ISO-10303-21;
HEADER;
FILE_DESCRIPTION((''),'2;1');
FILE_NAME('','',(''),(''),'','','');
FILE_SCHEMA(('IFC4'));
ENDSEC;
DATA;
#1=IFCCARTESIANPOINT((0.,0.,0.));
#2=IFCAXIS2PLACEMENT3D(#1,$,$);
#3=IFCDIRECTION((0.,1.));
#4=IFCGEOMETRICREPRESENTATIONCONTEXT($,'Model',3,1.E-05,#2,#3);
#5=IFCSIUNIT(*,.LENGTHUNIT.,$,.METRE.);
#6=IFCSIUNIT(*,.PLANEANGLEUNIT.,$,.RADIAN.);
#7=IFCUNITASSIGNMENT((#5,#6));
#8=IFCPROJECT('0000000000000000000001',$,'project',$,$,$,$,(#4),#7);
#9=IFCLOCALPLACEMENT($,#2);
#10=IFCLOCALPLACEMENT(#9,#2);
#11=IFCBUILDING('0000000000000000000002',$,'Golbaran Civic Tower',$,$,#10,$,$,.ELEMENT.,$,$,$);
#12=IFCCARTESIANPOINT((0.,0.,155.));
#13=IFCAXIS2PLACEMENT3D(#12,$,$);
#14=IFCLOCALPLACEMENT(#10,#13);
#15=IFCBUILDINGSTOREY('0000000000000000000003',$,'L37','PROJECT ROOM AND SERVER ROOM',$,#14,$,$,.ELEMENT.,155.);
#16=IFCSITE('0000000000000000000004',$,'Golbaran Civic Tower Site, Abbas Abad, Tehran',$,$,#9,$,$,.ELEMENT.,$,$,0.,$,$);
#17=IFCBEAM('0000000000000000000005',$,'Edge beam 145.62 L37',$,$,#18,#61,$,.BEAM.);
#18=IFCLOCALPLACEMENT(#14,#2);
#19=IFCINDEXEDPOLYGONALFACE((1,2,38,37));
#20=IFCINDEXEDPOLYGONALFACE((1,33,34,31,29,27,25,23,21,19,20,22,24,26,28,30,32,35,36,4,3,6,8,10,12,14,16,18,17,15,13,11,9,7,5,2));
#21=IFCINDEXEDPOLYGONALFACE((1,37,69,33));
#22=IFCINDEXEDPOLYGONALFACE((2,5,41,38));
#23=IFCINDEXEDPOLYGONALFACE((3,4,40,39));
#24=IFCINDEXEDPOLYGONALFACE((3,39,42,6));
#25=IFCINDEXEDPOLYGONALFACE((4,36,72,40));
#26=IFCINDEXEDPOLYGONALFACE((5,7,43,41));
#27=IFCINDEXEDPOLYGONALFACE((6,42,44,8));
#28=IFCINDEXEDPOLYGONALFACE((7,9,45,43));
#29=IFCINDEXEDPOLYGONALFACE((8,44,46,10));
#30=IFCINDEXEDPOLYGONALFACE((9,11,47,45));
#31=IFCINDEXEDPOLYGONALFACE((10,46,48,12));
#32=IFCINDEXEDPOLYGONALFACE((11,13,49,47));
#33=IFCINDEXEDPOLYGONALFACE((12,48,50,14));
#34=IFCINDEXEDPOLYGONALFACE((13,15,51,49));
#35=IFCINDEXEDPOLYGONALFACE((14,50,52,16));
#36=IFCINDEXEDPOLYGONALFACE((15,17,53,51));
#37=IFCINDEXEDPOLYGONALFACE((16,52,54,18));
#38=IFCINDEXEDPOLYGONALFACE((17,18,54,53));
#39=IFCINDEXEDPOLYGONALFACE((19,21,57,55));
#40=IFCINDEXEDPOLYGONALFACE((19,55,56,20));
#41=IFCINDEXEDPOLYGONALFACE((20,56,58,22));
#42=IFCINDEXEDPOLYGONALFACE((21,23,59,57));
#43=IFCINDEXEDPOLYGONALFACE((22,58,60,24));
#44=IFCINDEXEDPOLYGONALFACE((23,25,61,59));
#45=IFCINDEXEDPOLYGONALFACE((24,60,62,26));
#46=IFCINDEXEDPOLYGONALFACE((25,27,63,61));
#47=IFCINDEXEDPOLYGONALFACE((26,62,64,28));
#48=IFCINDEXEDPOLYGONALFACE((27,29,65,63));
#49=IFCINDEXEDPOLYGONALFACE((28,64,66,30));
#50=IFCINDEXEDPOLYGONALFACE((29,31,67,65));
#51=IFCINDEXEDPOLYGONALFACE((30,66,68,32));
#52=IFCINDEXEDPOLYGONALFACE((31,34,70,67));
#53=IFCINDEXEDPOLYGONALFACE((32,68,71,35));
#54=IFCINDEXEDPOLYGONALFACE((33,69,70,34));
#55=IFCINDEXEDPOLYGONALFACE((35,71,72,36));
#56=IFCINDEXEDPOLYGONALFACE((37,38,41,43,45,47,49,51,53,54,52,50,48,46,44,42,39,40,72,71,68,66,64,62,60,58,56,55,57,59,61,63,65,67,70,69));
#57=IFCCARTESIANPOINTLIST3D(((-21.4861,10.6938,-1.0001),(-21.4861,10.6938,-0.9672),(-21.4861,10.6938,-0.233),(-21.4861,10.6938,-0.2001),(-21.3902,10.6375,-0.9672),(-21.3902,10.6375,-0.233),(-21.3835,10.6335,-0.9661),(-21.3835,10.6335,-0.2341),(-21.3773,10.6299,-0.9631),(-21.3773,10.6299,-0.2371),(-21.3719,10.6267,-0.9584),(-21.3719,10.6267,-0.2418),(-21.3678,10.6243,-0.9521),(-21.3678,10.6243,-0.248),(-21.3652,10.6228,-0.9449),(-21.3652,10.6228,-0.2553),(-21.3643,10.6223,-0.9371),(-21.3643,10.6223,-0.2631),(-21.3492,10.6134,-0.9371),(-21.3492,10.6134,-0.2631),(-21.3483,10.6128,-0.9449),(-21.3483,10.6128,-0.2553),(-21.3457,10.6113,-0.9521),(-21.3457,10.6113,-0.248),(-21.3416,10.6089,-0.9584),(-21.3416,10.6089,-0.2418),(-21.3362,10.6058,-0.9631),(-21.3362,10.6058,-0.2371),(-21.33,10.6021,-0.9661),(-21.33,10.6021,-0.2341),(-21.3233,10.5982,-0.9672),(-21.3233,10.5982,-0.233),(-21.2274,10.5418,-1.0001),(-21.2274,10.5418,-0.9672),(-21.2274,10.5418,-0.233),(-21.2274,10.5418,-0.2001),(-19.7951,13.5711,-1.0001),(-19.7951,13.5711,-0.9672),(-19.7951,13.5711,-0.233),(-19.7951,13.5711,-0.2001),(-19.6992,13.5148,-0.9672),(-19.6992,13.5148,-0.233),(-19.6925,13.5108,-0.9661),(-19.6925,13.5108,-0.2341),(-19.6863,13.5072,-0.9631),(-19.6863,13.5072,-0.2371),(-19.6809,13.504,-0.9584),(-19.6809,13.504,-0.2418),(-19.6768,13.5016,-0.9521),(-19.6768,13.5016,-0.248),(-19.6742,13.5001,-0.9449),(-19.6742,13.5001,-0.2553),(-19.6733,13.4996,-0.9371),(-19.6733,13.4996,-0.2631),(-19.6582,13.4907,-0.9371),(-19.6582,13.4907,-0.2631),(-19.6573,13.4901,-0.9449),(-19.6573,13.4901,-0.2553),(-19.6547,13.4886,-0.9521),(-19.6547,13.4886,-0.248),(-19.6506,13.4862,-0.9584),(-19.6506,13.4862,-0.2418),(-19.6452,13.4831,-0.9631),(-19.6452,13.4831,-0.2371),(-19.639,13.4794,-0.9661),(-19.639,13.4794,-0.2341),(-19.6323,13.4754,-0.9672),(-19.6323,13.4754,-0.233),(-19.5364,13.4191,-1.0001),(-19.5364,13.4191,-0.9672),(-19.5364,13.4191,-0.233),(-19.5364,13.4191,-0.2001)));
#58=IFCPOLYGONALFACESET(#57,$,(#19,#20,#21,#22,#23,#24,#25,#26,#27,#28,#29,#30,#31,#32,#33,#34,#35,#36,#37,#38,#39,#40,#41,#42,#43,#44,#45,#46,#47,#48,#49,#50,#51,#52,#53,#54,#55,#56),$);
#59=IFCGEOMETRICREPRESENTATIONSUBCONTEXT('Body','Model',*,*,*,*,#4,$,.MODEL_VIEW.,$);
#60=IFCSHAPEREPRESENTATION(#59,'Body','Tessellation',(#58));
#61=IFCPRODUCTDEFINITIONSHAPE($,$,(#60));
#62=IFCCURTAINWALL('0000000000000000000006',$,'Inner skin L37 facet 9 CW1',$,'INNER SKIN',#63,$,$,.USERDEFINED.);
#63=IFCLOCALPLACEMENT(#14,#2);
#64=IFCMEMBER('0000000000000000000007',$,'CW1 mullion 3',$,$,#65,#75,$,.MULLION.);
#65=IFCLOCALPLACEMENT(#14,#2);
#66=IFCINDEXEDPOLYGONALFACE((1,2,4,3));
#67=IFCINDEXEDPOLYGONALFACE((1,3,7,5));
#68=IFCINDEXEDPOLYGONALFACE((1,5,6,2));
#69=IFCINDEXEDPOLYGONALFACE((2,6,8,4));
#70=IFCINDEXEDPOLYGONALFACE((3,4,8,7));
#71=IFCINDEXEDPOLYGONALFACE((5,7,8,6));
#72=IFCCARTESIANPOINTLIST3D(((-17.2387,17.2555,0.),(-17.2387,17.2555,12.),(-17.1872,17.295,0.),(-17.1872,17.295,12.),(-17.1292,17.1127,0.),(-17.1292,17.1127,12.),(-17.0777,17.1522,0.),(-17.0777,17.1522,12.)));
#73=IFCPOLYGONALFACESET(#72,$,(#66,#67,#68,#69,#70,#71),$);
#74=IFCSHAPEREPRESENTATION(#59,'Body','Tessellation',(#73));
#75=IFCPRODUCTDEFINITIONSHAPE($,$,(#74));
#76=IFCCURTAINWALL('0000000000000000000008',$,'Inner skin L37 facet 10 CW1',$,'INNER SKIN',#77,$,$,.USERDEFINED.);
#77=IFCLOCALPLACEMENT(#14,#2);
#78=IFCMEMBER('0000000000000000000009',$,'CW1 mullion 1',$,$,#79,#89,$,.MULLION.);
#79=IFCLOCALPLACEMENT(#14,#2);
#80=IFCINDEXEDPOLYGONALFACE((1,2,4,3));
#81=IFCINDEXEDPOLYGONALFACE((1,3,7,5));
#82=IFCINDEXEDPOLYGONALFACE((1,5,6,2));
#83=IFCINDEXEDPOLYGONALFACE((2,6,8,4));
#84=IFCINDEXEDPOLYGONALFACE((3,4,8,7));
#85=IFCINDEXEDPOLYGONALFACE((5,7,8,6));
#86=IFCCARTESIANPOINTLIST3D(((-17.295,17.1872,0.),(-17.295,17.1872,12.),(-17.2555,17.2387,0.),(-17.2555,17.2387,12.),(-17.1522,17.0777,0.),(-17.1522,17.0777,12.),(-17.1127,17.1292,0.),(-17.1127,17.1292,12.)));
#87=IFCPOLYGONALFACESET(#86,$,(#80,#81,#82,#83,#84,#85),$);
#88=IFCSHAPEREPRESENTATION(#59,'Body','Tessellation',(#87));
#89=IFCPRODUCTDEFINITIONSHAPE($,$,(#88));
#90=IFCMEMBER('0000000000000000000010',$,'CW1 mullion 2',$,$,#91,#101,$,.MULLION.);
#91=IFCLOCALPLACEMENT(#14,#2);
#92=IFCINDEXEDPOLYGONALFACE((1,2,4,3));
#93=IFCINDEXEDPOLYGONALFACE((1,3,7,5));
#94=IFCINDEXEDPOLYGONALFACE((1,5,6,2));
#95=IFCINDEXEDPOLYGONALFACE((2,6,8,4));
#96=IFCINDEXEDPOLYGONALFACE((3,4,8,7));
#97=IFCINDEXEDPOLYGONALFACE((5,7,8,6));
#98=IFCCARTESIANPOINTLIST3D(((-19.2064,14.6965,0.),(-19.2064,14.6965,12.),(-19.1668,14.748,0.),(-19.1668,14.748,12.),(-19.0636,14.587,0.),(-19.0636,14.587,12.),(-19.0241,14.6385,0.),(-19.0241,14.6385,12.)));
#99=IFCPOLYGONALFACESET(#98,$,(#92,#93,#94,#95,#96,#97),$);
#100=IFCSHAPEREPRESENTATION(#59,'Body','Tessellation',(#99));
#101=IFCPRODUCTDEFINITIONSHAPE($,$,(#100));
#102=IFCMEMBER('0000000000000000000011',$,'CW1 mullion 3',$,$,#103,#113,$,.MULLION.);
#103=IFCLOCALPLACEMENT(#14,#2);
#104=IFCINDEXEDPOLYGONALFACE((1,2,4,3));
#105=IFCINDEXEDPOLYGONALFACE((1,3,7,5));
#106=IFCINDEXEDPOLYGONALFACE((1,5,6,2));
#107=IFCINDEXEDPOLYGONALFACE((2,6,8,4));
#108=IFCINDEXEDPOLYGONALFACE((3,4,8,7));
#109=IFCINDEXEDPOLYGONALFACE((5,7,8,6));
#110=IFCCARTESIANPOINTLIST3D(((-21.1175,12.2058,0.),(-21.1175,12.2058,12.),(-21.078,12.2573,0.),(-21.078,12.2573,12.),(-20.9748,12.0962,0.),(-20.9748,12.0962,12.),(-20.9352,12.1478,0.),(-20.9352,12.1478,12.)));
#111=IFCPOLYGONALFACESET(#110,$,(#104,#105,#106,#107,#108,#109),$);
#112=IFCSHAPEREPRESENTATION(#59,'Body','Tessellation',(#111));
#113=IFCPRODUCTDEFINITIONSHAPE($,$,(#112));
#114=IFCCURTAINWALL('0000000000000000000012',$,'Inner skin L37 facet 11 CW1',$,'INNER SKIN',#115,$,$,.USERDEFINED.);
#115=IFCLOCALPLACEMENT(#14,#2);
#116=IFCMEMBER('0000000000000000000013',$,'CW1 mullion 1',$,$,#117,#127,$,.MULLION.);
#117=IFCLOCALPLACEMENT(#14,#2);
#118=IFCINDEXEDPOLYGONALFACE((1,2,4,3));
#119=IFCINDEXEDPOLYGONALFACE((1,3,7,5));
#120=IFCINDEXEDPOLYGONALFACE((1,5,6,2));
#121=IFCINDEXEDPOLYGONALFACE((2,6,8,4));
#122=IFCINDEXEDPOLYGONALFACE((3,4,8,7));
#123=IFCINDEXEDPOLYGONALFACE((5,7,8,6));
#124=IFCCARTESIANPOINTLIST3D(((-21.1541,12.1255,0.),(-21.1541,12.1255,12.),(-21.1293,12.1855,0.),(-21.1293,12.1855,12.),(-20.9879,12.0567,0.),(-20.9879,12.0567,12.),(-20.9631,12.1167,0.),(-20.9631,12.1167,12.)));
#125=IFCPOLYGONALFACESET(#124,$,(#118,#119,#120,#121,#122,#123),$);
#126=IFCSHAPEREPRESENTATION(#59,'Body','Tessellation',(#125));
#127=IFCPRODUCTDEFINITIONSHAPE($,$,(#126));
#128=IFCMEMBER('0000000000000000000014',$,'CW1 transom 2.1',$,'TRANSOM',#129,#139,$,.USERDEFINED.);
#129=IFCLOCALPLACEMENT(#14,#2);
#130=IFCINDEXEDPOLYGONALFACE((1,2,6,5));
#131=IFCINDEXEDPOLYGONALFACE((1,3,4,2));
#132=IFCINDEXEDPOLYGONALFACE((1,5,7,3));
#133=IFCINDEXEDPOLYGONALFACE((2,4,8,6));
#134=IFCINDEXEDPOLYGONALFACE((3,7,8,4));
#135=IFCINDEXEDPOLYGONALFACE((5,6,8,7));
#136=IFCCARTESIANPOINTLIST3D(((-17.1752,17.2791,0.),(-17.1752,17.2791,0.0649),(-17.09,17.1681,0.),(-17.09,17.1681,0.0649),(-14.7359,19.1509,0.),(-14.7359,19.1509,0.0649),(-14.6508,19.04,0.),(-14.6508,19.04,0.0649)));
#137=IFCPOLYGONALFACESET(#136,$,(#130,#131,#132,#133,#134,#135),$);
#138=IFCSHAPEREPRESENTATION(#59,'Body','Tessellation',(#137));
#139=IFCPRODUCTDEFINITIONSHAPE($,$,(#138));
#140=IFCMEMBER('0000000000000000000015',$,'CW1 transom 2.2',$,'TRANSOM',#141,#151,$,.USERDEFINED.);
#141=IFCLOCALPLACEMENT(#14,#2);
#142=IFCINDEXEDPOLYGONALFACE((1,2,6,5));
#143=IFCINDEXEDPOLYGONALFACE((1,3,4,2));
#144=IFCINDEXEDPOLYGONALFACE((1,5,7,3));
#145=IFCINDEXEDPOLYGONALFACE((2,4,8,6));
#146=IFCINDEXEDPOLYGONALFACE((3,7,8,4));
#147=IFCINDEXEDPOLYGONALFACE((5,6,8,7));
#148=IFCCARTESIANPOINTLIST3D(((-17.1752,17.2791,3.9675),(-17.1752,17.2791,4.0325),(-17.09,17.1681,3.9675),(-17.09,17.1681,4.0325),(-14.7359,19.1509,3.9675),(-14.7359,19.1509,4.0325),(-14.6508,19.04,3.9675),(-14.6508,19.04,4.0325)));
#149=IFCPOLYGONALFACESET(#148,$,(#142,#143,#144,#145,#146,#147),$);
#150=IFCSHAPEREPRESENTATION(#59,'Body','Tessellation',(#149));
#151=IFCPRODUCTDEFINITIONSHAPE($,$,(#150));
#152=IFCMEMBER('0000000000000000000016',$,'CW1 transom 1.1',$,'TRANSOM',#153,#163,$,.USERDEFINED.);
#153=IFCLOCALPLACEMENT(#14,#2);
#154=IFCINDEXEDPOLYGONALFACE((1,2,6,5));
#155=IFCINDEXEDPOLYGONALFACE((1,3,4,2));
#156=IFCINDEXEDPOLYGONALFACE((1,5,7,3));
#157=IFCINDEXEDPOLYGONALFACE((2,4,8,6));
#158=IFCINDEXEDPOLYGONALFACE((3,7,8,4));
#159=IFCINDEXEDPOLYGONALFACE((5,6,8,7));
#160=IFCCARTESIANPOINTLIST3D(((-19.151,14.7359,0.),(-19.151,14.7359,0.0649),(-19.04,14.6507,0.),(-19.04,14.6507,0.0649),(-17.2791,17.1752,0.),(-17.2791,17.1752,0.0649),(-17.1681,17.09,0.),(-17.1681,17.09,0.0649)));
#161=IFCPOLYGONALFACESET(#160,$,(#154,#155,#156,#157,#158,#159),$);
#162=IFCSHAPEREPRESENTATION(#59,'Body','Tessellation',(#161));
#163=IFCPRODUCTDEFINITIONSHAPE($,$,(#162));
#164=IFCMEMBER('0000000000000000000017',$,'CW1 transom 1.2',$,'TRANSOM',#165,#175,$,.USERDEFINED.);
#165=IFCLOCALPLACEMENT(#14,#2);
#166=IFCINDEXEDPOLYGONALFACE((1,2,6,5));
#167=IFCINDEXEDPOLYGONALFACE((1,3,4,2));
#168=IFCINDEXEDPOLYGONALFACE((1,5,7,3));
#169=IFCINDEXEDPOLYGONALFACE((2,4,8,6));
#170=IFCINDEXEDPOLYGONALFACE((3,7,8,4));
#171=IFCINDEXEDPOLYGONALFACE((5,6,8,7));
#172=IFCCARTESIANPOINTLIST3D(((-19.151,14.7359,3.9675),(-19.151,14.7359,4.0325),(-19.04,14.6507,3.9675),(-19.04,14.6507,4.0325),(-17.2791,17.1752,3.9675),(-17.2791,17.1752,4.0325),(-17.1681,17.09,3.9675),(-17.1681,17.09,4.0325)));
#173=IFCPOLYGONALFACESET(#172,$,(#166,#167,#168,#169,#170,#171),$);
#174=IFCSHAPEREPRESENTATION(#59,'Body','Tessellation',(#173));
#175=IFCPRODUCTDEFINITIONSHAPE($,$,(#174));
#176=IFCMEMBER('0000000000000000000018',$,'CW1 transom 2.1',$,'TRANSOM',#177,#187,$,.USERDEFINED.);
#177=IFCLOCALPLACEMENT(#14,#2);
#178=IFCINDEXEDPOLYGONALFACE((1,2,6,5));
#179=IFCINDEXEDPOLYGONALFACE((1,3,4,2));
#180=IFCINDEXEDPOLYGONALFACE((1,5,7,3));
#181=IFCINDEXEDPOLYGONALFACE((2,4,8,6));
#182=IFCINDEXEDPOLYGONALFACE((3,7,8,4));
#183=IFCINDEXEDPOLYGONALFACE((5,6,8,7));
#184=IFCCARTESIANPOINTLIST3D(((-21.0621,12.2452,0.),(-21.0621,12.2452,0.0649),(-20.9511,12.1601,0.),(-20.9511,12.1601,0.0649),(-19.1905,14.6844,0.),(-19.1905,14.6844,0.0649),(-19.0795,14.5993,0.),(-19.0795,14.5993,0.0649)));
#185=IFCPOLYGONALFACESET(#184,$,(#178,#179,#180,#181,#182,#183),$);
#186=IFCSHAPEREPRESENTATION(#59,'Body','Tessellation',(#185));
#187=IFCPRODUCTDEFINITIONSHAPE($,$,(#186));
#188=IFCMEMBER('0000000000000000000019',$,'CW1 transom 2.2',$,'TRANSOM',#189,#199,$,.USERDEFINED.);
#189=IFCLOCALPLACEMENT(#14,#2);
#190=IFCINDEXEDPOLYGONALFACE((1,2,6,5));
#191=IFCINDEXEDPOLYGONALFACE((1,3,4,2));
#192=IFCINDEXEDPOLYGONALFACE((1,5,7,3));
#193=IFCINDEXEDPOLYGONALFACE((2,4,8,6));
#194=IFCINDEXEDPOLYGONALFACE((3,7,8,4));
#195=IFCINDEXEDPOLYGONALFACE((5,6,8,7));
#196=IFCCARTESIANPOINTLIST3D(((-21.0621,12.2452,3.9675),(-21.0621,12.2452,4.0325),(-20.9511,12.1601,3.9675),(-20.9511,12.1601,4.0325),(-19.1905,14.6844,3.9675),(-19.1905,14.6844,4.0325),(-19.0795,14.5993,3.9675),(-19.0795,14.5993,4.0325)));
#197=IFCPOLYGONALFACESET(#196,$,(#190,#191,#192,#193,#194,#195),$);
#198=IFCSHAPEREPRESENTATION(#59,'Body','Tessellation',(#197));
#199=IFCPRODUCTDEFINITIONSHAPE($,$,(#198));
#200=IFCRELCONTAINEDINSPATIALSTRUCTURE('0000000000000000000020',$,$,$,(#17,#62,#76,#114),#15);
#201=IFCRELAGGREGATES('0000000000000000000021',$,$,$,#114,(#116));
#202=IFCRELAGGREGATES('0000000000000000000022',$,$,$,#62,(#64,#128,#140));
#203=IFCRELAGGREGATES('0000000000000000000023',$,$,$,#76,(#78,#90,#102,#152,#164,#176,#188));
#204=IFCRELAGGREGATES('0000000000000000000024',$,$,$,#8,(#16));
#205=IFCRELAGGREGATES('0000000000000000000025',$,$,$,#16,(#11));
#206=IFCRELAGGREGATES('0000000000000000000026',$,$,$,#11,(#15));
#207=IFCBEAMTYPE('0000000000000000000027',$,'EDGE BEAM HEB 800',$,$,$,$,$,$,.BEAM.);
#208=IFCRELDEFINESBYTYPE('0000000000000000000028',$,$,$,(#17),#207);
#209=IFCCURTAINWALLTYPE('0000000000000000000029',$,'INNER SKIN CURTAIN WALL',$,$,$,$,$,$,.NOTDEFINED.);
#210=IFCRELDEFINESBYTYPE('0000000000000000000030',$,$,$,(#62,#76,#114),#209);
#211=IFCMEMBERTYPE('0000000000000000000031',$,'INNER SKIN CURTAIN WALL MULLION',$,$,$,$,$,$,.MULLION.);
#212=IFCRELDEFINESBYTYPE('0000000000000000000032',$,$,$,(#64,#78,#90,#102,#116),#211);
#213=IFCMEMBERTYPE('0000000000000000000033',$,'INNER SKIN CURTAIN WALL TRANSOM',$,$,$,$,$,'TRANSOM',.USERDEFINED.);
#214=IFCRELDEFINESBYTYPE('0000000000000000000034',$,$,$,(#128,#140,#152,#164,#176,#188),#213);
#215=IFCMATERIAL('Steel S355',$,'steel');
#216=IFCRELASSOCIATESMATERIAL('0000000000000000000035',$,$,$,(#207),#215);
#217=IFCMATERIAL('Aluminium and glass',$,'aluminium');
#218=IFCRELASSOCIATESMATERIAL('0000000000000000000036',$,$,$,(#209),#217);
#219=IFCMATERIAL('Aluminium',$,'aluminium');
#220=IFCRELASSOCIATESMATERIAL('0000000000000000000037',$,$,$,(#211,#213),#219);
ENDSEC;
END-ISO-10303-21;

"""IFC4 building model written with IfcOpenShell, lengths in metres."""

from ifc_helpers import new_model, si_unit, direction, frame, origin, origin_2d, place, context, subcontext, project, spatial, rectangle, i_section, extrude, material, material_profile, profile_set, type_object, element, aggregate, save


model = new_model("IFC4")

# Units and contexts
model_context = context("Model", 3, precision=1e-05, world=origin(), true_north=direction((0.0, 1.0)))
body_context = subcontext(model_context, "Body", "Model", "MODEL_VIEW")
ifc_project = project(units=[si_unit("LENGTHUNIT", "METRE"), si_unit("PLANEANGLEUNIT", "RADIAN")], contexts=[model_context])

# Site, building, storey
site_placement = place(None, origin())
site = spatial("IfcSite", under=ifc_project, at=site_placement, Name="Golbaran Civic Tower Site, Abbas Abad, Tehran", CompositionType="ELEMENT", RefElevation=0.0)
building_placement = place(site_placement, origin())
building = spatial("IfcBuilding", under=site, at=building_placement, Name="Golbaran Civic Tower", CompositionType="ELEMENT")
storey_placement = place(building_placement, frame((0.0, 0.0, 155.0)))
storey = spatial("IfcBuildingStorey", under=building, at=storey_placement, Name="L37", Description="PROJECT ROOM AND SERVER ROOM", CompositionType="ELEMENT", Elevation=155.0)

# Beam
ifc_material_1 = material(Name="Steel S355", Category="steel")
ifc_material_profile_1 = material_profile(ifc_material_1, i_section(OverallWidth=0.3, OverallDepth=0.8, WebThickness=0.0176, FlangeThickness=0.033, FilletRadius=0.03, at=origin_2d()), Name="HEB 800")
ifc_profile_set_1 = profile_set([ifc_material_profile_1], Name="Steel S355")
beam_type = type_object("IfcBeamType", Name="EDGE BEAM HEB 800", PredefinedType="BEAM", material=ifc_profile_set_1)
beam_placement = place(storey_placement, frame((-19.6658, 13.4951, -0.6001), z_axis=(-0.506675, -0.862137, 0.0), x_axis=(0.862137, -0.506675, 0.0)))
element("IfcBeam", 1, at=beam_placement, inside=storey, type_object=beam_type, Name="Edge beam 145.62 L37", PredefinedType="BEAM", context=body_context, shape_type="SweptSolid", body=[
    extrude(i_section(OverallWidth=0.3, OverallDepth=0.8, WebThickness=0.0176, FlangeThickness=0.033, FilletRadius=0.03, at=origin_2d()), origin(), (0.0, 0.0, 1.0), 3.3374),
])

# Curtain wall, member
ifc_material_2 = material(Name="Aluminium and glass", Category="aluminium")
curtain_wall_type = type_object("IfcCurtainWallType", Name="INNER SKIN CURTAIN WALL", PredefinedType="NOTDEFINED", material=ifc_material_2)
curtain_wall_1_placement = place(storey_placement, origin())
curtain_wall_1 = element("IfcCurtainWall", 2, at=curtain_wall_1_placement, inside=storey, type_object=curtain_wall_type, Name="Inner skin L37 facet 9 CW1", ObjectType="INNER SKIN", PredefinedType="USERDEFINED")
ifc_material_3 = material(Name="Aluminium", Category="aluminium")
ifc_material_profile_2 = material_profile(ifc_material_3, rectangle(XDim=0.1799, YDim=0.0649, at=origin_2d()), Name="INNER SKIN CURTAIN WALL MULLION")
ifc_profile_set_2 = profile_set([ifc_material_profile_2], Name="Aluminium")
member_type_1 = type_object("IfcMemberType", Name="INNER SKIN CURTAIN WALL MULLION", PredefinedType="MULLION", material=ifc_profile_set_2)
member_1_placement = place(storey_placement, frame((-17.1582, 17.2039, 0.0), z_axis=(0.0, 0.0, 1.0), x_axis=(0.608761, -0.793353, 0.0)))
member_1 = element("IfcMember", 3, at=member_1_placement, type_object=member_type_1, Name="CW1 mullion 3", PredefinedType="MULLION", context=body_context, shape_type="SweptSolid", body=[
    extrude(rectangle(XDim=0.1799, YDim=0.0649, at=origin_2d()), origin(), (0.0, 0.0, 1.0), 12.0),
])

# Curtain wall, members
curtain_wall_2_placement = place(storey_placement, origin())
curtain_wall_2 = element("IfcCurtainWall", 4, at=curtain_wall_2_placement, inside=storey, type_object=curtain_wall_type, Name="Inner skin L37 facet 10 CW1", ObjectType="INNER SKIN", PredefinedType="USERDEFINED")
member_2_placement = place(storey_placement, frame((-17.2039, 17.1582, 0.0), z_axis=(0.0, 0.0, 1.0), x_axis=(0.793353, -0.608761, 0.0)))
member_2 = element("IfcMember", 5, at=member_2_placement, type_object=member_type_1, Name="CW1 mullion 1", PredefinedType="MULLION", context=body_context, shape_type="SweptSolid", body=[
    extrude(rectangle(XDim=0.1799, YDim=0.0649, at=origin_2d()), origin(), (0.0, 0.0, 1.0), 12.0),
])
member_3_placement = place(storey_placement, frame((-19.1152, 14.6675, 0.0), z_axis=(0.0, 0.0, 1.0), x_axis=(0.793353, -0.608761, 0.0)))
member_3 = element("IfcMember", 6, at=member_3_placement, type_object=member_type_1, Name="CW1 mullion 2", PredefinedType="MULLION", context=body_context, shape_type="SweptSolid", body=[
    extrude(rectangle(XDim=0.1799, YDim=0.0649, at=origin_2d()), origin(), (0.0, 0.0, 1.0), 12.0),
])
member_4_placement = place(storey_placement, frame((-21.0264, 12.1768, 0.0), z_axis=(0.0, 0.0, 1.0), x_axis=(0.793353, -0.608761, 0.0)))
member_4 = element("IfcMember", 7, at=member_4_placement, type_object=member_type_1, Name="CW1 mullion 3", PredefinedType="MULLION", context=body_context, shape_type="SweptSolid", body=[
    extrude(rectangle(XDim=0.1799, YDim=0.0649, at=origin_2d()), origin(), (0.0, 0.0, 1.0), 12.0),
])

# Curtain wall, member
curtain_wall_3_placement = place(storey_placement, origin())
curtain_wall_3 = element("IfcCurtainWall", 8, at=curtain_wall_3_placement, inside=storey, type_object=curtain_wall_type, Name="Inner skin L37 facet 11 CW1", ObjectType="INNER SKIN", PredefinedType="USERDEFINED")
member_5_placement = place(storey_placement, frame((-21.0586, 12.1211, 0.0), z_axis=(0.0, 0.0, 1.0), x_axis=(0.92388, -0.382683, 0.0)))
member_5 = element("IfcMember", 9, at=member_5_placement, type_object=member_type_1, Name="CW1 mullion 1", PredefinedType="MULLION", context=body_context, shape_type="SweptSolid", body=[
    extrude(rectangle(XDim=0.1799, YDim=0.0649, at=origin_2d()), origin(), (0.0, 0.0, 1.0), 12.0),
])

# Members
ifc_material_profile_3 = material_profile(ifc_material_3, rectangle(XDim=0.1399, YDim=0.0649, at=origin_2d()), Name="INNER SKIN CURTAIN WALL TRANSOM")
ifc_profile_set_3 = profile_set([ifc_material_profile_3], Name="Aluminium")
member_type_2 = type_object("IfcMemberType", Name="INNER SKIN CURTAIN WALL TRANSOM", ElementType="TRANSOM", PredefinedType="USERDEFINED", material=ifc_profile_set_3)
member_6_placement = place(storey_placement, frame((-14.6934, 19.0955, 0.0325), z_axis=(-0.793329, -0.608793, 0.0), x_axis=(0.608793, -0.793329, 0.0)))
member_6 = element("IfcMember", 10, at=member_6_placement, type_object=member_type_2, Name="CW1 transom 2.1", ObjectType="TRANSOM", PredefinedType="USERDEFINED", context=body_context, shape_type="SweptSolid", body=[
    extrude(rectangle(XDim=0.1399, YDim=0.0649, at=origin_2d()), origin(), (0.0, 0.0, 1.0), 3.0747),
])
member_7_placement = place(storey_placement, frame((-14.6934, 19.0955, 4.0), z_axis=(-0.793329, -0.608793, 0.0), x_axis=(0.608793, -0.793329, 0.0)))
member_7 = element("IfcMember", 11, at=member_7_placement, type_object=member_type_2, Name="CW1 transom 2.2", ObjectType="TRANSOM", PredefinedType="USERDEFINED", context=body_context, shape_type="SweptSolid", body=[
    extrude(rectangle(XDim=0.1399, YDim=0.0649, at=origin_2d()), origin(), (0.0, 0.0, 1.0), 3.0747),
])
member_8_placement = place(storey_placement, frame((-17.2236, 17.1326, 0.0325), z_axis=(-0.608793, -0.793329, 0.0), x_axis=(0.793329, -0.608793, 0.0)))
member_8 = element("IfcMember", 12, at=member_8_placement, type_object=member_type_2, Name="CW1 transom 1.1", ObjectType="TRANSOM", PredefinedType="USERDEFINED", context=body_context, shape_type="SweptSolid", body=[
    extrude(rectangle(XDim=0.1399, YDim=0.0649, at=origin_2d()), origin(), (0.0, 0.0, 1.0), 3.0747),
])
member_9_placement = place(storey_placement, frame((-17.2236, 17.1326, 4.0), z_axis=(-0.608793, -0.793329, 0.0), x_axis=(0.793329, -0.608793, 0.0)))
member_9 = element("IfcMember", 13, at=member_9_placement, type_object=member_type_2, Name="CW1 transom 1.2", ObjectType="TRANSOM", PredefinedType="USERDEFINED", context=body_context, shape_type="SweptSolid", body=[
    extrude(rectangle(XDim=0.1399, YDim=0.0649, at=origin_2d()), origin(), (0.0, 0.0, 1.0), 3.0747),
])
member_10_placement = place(storey_placement, frame((-19.135, 14.6418, 0.0325), z_axis=(-0.608743, -0.793367, 0.0), x_axis=(0.793367, -0.608743, 0.0)))
member_10 = element("IfcMember", 14, at=member_10_placement, type_object=member_type_2, Name="CW1 transom 2.1", ObjectType="TRANSOM", PredefinedType="USERDEFINED", context=body_context, shape_type="SweptSolid", body=[
    extrude(rectangle(XDim=0.1399, YDim=0.0649, at=origin_2d()), origin(), (0.0, 0.0, 1.0), 3.0745),
])
member_11_placement = place(storey_placement, frame((-19.135, 14.6418, 4.0), z_axis=(-0.608743, -0.793367, 0.0), x_axis=(0.793367, -0.608743, 0.0)))
member_11 = element("IfcMember", 15, at=member_11_placement, type_object=member_type_2, Name="CW1 transom 2.2", ObjectType="TRANSOM", PredefinedType="USERDEFINED", context=body_context, shape_type="SweptSolid", body=[
    extrude(rectangle(XDim=0.1399, YDim=0.0649, at=origin_2d()), origin(), (0.0, 0.0, 1.0), 3.0745),
])

aggregate(curtain_wall_3, [member_5])
aggregate(curtain_wall_1, [member_1, member_6, member_7])
aggregate(curtain_wall_2, [member_2, member_3, member_4, member_8, member_9, member_10, member_11])

save(model, "model.ifc")
